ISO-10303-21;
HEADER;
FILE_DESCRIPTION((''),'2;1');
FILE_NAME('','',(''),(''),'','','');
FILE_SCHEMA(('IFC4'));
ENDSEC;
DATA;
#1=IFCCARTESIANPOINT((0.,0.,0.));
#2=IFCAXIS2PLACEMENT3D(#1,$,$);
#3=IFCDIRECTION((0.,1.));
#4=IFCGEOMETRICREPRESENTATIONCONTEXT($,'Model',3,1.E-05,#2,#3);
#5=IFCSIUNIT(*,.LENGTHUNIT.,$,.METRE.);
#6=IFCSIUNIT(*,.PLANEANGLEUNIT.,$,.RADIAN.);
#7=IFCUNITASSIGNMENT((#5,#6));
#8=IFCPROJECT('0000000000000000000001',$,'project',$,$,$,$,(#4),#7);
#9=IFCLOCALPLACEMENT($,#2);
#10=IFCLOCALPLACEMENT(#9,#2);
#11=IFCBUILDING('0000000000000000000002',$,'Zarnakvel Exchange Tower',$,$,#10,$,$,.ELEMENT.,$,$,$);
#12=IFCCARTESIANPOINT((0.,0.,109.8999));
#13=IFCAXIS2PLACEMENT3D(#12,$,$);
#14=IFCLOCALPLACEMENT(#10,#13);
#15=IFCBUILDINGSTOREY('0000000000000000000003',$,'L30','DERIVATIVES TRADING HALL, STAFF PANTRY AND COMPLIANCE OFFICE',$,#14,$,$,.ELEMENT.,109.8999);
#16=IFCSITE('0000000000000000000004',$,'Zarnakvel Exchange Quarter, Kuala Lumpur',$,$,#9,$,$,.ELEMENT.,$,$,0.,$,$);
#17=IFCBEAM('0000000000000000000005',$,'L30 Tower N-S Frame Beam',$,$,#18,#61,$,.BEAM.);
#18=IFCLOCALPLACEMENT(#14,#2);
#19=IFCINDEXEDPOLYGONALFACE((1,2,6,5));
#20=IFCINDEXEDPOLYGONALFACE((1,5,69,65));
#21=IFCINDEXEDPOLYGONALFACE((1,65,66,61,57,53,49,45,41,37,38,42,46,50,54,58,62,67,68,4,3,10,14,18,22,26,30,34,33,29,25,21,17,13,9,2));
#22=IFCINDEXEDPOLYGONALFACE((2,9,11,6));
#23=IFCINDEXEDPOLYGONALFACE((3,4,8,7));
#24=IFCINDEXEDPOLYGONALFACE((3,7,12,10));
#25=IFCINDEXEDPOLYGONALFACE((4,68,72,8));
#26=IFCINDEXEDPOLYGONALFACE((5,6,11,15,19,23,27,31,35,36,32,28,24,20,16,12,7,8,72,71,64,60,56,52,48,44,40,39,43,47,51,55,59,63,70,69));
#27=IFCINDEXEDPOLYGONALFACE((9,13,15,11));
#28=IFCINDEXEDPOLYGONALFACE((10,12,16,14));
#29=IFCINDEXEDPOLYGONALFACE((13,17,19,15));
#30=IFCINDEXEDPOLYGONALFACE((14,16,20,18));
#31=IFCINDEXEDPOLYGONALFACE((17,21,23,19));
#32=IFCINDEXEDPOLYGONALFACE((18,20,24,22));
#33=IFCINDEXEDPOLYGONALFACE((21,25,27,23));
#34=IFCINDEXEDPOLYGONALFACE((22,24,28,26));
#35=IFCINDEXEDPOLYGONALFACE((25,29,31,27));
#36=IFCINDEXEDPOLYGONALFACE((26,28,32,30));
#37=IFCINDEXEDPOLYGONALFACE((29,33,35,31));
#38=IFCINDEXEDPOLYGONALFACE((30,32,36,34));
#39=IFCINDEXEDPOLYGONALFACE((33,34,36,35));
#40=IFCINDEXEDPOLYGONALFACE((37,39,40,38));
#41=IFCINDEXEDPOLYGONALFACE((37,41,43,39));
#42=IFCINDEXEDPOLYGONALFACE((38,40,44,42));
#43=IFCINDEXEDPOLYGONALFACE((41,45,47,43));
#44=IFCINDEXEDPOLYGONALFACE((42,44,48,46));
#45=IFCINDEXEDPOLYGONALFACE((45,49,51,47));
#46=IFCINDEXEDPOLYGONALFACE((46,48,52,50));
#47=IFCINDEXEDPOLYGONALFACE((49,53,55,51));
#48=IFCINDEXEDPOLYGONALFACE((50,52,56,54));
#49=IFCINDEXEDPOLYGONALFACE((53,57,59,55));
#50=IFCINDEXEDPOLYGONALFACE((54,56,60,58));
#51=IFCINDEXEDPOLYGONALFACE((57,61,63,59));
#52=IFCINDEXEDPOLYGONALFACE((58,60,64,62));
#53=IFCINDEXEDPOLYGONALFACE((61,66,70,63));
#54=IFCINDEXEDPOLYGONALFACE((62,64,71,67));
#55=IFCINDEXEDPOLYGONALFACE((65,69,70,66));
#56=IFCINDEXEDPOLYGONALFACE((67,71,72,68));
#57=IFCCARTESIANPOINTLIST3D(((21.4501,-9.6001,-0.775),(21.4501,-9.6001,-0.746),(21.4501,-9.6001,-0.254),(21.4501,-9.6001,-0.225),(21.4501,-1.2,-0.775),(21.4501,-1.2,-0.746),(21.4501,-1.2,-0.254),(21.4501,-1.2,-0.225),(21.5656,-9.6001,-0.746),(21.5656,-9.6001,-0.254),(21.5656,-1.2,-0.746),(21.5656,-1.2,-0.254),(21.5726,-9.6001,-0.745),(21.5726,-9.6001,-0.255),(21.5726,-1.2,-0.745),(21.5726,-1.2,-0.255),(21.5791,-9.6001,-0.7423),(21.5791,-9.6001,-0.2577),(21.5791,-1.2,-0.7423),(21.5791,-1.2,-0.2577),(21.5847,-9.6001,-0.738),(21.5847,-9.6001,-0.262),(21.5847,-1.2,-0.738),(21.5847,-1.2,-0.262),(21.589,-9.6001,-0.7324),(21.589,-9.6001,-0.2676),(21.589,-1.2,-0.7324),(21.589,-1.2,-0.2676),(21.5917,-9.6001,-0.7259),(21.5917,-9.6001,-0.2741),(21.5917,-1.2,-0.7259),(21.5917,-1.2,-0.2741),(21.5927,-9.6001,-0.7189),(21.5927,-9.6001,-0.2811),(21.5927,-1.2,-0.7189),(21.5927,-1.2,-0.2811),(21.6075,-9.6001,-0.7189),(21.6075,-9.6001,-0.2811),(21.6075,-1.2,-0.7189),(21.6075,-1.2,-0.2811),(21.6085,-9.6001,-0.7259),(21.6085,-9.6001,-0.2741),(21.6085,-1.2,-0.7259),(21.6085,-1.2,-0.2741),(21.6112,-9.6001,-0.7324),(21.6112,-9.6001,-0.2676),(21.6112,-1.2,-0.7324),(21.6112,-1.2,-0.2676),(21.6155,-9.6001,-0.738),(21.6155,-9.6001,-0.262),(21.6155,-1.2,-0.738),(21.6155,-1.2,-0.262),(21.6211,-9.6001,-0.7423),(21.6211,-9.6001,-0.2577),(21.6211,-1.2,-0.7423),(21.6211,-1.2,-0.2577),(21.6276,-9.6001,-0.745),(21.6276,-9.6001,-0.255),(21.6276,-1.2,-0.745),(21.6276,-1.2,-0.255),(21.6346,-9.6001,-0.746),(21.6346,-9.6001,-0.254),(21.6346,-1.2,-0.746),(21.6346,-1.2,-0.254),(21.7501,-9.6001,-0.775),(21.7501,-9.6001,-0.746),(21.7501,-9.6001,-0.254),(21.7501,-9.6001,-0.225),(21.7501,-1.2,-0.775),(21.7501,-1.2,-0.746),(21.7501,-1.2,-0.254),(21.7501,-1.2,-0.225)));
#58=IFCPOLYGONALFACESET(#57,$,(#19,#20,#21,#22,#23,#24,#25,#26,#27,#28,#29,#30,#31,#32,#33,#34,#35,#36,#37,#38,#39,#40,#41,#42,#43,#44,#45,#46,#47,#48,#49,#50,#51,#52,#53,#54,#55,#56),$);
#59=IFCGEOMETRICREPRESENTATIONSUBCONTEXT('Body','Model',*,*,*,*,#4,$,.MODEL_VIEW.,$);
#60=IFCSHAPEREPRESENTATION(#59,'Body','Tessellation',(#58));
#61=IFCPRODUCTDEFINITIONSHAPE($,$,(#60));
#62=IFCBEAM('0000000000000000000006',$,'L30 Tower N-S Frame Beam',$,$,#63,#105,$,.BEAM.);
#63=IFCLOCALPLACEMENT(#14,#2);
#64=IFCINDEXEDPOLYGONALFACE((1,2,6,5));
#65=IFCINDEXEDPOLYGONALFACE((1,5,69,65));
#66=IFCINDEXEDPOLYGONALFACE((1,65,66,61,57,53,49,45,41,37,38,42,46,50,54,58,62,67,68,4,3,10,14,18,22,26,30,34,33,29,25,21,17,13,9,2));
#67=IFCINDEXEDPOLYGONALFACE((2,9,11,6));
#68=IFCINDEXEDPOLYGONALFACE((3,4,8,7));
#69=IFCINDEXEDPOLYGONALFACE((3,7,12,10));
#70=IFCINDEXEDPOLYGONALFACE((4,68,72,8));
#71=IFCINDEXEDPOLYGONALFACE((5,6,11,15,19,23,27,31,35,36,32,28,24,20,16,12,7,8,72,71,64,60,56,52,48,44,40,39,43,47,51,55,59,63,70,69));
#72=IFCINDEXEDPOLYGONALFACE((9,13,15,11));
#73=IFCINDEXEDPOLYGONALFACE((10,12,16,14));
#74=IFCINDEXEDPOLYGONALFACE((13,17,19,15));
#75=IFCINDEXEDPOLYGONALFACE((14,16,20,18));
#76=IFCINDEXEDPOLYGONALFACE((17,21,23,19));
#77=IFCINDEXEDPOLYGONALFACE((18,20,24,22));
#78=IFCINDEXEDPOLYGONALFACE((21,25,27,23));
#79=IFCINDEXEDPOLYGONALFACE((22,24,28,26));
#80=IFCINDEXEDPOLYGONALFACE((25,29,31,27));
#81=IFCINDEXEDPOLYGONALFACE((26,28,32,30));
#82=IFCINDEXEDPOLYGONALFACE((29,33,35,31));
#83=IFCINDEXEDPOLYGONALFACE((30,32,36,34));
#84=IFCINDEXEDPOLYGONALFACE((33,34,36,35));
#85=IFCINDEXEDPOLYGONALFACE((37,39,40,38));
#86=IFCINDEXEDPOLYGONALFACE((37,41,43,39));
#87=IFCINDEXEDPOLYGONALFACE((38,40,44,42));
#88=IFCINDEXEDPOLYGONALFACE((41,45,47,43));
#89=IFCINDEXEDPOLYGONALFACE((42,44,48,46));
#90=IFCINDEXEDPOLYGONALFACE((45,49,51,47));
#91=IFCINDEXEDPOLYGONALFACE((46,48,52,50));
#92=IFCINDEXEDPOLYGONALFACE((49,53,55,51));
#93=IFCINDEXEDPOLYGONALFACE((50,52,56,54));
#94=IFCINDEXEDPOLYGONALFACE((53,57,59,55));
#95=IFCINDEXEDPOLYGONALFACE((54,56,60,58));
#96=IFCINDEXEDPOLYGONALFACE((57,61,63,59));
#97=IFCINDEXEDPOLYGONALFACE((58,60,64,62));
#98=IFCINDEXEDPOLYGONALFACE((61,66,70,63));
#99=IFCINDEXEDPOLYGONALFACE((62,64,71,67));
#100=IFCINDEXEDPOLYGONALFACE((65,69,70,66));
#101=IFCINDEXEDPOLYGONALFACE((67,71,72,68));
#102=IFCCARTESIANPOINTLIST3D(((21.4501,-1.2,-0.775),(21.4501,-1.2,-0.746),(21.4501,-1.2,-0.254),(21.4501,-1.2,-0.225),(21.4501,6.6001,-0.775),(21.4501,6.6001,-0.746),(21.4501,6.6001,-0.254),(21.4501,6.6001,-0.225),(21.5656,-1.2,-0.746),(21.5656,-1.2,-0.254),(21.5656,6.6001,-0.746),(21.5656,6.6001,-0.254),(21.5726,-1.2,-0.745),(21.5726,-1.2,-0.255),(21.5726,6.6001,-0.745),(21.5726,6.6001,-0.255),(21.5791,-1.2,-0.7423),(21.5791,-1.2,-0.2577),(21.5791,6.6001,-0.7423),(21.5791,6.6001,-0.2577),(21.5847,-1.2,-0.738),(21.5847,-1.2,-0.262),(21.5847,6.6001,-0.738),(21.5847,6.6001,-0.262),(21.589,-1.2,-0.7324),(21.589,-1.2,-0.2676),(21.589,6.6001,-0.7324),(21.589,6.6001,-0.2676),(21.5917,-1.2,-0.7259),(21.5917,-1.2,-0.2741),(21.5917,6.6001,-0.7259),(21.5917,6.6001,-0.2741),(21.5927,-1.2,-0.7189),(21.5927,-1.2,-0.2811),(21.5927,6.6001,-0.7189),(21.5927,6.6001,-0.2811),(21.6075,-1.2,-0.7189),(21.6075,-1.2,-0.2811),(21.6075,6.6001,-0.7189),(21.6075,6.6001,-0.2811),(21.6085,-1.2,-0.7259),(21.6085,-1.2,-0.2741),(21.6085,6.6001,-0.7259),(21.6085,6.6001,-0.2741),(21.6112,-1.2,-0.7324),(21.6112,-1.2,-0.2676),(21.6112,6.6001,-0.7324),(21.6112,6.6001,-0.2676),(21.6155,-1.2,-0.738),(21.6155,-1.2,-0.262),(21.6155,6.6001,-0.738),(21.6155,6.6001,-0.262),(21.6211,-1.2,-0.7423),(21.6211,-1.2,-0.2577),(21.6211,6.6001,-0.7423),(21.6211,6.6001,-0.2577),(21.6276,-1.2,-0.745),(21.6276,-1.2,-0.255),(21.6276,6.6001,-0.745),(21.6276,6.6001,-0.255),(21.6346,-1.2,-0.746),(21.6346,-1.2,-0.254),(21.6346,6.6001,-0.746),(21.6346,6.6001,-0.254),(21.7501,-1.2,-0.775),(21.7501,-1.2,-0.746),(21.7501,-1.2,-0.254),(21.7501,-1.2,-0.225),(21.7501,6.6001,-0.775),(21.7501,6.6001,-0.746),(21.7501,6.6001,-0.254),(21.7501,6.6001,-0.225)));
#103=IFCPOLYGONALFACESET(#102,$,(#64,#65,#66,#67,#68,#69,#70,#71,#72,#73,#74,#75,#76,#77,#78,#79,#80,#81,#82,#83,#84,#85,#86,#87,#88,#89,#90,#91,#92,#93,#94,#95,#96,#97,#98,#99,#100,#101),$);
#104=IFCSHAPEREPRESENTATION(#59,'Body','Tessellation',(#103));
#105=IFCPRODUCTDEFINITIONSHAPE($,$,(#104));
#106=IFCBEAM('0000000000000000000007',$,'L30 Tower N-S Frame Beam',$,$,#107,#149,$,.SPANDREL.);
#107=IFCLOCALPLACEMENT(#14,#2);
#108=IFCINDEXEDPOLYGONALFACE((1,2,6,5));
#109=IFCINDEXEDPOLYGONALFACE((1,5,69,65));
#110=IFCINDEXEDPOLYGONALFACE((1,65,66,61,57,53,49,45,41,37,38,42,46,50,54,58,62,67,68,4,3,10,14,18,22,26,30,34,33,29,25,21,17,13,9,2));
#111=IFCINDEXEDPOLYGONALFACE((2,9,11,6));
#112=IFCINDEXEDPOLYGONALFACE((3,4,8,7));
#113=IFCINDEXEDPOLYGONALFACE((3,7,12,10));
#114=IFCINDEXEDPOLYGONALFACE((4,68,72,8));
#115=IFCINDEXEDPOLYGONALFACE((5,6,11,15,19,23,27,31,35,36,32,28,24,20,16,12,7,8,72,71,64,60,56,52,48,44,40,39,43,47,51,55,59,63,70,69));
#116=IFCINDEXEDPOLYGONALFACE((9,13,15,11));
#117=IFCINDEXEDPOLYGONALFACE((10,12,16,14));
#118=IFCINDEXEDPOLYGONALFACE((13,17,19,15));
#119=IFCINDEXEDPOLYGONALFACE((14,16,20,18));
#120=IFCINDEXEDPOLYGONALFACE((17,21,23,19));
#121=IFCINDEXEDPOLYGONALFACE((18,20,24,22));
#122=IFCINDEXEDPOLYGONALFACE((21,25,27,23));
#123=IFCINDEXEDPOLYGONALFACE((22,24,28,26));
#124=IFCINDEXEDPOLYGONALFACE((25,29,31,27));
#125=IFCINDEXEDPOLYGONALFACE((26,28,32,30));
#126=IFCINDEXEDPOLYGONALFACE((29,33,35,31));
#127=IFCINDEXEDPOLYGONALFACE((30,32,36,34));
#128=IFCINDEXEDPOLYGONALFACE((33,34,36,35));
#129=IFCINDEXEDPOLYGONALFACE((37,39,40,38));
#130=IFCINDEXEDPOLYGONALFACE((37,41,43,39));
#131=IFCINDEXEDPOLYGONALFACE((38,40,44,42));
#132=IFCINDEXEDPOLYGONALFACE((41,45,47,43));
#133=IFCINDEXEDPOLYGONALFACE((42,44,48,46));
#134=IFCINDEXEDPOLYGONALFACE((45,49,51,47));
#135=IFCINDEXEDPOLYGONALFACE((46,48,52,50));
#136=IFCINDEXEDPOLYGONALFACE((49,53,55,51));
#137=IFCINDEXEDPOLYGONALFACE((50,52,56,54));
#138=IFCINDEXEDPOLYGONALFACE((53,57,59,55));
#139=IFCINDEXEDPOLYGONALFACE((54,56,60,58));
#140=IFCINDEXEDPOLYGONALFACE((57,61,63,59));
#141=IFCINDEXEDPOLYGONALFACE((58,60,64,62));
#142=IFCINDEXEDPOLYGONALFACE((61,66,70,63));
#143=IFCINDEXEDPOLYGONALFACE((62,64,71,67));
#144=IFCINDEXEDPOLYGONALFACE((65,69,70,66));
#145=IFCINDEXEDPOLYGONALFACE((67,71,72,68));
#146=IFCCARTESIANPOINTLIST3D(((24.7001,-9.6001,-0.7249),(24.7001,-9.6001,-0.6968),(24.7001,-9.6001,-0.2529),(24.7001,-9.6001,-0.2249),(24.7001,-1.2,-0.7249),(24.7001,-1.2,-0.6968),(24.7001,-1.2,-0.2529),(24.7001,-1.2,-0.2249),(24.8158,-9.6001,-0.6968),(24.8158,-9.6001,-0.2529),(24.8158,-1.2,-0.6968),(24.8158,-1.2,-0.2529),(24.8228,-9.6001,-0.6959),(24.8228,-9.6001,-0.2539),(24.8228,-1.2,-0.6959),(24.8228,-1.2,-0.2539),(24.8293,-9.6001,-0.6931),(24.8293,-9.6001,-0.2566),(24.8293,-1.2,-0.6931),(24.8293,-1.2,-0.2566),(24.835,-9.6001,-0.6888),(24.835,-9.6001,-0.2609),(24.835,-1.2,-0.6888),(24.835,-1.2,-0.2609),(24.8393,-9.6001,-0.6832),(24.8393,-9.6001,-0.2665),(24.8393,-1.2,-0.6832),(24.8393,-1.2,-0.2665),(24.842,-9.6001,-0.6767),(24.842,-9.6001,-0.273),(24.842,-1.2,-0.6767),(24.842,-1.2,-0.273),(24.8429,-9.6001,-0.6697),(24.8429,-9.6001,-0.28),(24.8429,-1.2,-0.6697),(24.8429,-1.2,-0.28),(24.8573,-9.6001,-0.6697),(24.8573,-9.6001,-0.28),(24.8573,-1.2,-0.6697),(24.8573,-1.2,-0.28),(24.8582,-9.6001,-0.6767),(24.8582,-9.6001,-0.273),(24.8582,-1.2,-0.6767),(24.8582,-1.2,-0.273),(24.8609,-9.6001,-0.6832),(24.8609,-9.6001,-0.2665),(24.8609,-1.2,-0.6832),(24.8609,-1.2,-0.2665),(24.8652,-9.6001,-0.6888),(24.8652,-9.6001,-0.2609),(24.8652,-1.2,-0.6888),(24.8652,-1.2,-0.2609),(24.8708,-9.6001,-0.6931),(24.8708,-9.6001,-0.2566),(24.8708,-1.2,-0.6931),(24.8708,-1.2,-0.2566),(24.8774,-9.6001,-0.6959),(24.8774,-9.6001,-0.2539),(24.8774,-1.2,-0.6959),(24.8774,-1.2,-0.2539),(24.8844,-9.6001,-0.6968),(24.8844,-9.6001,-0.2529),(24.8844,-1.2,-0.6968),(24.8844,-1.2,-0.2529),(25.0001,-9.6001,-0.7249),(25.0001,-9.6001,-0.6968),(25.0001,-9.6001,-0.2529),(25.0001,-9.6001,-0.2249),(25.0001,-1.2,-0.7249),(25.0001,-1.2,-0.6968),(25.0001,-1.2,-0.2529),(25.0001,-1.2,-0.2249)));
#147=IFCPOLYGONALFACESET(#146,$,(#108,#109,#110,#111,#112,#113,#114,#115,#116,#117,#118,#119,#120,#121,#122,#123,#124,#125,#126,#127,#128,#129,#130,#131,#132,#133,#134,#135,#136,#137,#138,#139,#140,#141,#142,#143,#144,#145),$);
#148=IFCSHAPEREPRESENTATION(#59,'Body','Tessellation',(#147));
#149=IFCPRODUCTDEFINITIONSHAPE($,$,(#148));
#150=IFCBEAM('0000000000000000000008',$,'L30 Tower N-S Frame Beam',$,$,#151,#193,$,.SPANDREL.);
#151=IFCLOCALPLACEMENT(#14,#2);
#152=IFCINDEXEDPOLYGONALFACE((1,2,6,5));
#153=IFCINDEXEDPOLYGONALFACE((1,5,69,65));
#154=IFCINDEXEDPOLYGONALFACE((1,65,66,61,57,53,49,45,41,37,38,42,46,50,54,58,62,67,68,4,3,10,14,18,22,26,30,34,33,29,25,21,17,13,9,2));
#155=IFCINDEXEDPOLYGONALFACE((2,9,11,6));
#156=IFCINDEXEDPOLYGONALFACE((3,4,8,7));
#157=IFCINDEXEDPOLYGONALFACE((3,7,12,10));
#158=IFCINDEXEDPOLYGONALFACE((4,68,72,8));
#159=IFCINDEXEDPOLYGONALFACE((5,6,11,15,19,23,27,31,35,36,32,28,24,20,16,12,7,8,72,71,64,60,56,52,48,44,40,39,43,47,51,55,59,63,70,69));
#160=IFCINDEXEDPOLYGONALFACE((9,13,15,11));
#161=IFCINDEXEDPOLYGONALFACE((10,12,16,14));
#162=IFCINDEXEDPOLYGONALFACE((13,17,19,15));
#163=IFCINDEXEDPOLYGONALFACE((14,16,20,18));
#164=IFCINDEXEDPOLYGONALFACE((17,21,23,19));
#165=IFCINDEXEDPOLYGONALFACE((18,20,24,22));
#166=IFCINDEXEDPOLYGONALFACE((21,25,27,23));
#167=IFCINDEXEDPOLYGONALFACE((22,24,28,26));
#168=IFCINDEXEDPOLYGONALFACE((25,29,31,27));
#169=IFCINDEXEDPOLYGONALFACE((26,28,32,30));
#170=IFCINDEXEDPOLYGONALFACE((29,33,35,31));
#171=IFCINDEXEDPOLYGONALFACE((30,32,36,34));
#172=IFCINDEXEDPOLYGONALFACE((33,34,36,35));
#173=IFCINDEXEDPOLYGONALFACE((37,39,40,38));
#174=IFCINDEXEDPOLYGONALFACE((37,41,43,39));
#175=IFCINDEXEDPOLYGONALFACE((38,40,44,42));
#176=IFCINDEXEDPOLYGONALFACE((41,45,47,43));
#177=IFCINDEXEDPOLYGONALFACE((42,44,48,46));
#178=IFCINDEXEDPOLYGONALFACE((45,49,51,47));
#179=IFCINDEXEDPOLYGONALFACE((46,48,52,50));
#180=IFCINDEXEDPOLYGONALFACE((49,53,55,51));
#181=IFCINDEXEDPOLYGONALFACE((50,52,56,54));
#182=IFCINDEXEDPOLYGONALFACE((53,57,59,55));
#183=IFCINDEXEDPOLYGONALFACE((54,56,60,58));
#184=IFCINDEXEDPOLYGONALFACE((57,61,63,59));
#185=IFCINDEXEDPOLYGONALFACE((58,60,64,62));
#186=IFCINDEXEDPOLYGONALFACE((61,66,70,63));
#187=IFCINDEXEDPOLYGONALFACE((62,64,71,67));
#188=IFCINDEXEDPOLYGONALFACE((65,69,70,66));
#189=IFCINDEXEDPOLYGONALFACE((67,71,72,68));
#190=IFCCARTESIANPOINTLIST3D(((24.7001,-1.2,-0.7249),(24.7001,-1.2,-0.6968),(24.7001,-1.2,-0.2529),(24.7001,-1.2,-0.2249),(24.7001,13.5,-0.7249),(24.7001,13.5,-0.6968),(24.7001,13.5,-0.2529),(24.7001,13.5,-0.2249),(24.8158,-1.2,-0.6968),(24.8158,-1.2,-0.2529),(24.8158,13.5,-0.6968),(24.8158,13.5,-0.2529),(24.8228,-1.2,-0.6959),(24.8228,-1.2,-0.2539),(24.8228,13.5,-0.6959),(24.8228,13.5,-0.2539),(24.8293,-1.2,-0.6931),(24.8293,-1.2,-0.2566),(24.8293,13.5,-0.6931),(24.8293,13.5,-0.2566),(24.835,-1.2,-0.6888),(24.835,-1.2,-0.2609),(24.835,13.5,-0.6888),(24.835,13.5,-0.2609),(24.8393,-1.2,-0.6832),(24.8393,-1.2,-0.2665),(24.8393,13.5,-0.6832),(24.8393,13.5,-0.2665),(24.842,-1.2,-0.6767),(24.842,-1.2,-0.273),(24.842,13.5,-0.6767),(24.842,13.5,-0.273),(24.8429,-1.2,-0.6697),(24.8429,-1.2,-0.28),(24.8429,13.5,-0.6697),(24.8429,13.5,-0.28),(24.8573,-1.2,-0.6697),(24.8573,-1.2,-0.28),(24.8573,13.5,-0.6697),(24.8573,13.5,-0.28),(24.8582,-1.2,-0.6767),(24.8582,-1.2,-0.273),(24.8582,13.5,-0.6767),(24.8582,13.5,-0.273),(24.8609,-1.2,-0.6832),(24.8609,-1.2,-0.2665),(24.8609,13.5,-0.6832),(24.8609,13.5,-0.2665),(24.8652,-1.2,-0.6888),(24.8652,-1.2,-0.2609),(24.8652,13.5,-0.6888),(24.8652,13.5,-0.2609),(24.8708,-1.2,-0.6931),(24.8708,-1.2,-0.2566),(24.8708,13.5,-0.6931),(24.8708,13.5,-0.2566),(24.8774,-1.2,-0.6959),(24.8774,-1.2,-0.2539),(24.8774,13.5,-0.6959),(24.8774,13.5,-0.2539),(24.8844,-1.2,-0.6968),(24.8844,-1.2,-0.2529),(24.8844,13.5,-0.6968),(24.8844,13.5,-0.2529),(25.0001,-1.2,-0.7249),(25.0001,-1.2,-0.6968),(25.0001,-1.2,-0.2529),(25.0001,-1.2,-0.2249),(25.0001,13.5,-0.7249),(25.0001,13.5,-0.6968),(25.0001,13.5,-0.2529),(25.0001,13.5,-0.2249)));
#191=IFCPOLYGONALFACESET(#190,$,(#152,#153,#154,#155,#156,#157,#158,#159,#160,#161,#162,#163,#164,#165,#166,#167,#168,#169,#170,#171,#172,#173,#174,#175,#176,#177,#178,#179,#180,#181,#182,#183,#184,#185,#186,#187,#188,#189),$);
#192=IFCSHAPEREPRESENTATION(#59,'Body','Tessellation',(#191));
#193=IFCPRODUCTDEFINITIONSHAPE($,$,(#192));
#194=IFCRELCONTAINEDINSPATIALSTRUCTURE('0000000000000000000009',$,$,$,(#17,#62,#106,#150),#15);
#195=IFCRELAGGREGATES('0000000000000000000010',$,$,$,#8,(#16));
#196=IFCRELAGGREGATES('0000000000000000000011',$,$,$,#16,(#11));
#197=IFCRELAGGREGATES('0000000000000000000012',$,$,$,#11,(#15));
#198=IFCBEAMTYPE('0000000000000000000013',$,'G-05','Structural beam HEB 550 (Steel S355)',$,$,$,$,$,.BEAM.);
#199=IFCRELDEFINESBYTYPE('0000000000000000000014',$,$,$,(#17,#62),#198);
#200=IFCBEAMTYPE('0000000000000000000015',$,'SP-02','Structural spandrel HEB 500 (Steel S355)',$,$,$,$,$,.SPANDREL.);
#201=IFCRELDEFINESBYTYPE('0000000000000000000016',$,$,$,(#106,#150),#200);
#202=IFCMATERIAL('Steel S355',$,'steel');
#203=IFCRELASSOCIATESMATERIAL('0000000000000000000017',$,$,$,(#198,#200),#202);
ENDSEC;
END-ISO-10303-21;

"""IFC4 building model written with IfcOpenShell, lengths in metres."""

from ifc_helpers import new_model, si_unit, direction, frame, origin, origin_2d, place, context, subcontext, project, spatial, i_section, extrude, material, material_profile, profile_set, type_object, element, save


model = new_model("IFC4")

# Units and contexts
model_context = context("Model", 3, precision=1e-05, world=origin(), true_north=direction((0.0, 1.0)))
body_context = subcontext(model_context, "Body", "Model", "MODEL_VIEW")
ifc_project = project(units=[si_unit("LENGTHUNIT", "METRE"), si_unit("PLANEANGLEUNIT", "RADIAN")], contexts=[model_context])

# Site, building, storey
site_placement = place(None, origin())
site = spatial("IfcSite", under=ifc_project, at=site_placement, Name="Zarnakvel Exchange Quarter, Kuala Lumpur", CompositionType="ELEMENT", RefElevation=0.0)
building_placement = place(site_placement, origin())
building = spatial("IfcBuilding", under=site, at=building_placement, Name="Zarnakvel Exchange Tower", CompositionType="ELEMENT")
storey_placement = place(building_placement, frame((0.0, 0.0, 109.8999)))
storey = spatial("IfcBuildingStorey", under=building, at=storey_placement, Name="L30", Description="DERIVATIVES TRADING HALL, STAFF PANTRY AND COMPLIANCE OFFICE", CompositionType="ELEMENT", Elevation=109.8999)

# Shared definitions
ifc_material_1 = material(Name="Steel S355", Category="steel")

# Beams
ifc_material_profile_1 = material_profile(ifc_material_1, i_section(OverallWidth=0.3, OverallDepth=0.55, WebThickness=0.0149, FlangeThickness=0.0291, FilletRadius=0.0271, at=origin_2d()))
ifc_profile_set_1 = profile_set([ifc_material_profile_1], Name="Steel S355")
beam_type_1 = type_object("IfcBeamType", Name="G-05", Description="Structural beam HEB 550 (Steel S355)", PredefinedType="BEAM", material=ifc_profile_set_1)
beam_1_placement = place(storey_placement, frame((21.6001, -9.6001, -0.5), z_axis=(0.0, 1.0, 0.0), x_axis=(-1.0, 0.0, 0.0)))
element("IfcBeam", 1, at=beam_1_placement, inside=storey, type_object=beam_type_1, Name="L30 Tower N-S Frame Beam", PredefinedType="BEAM", context=body_context, shape_type="SweptSolid", body=[
    extrude(i_section(OverallWidth=0.3, OverallDepth=0.55, WebThickness=0.0149, FlangeThickness=0.0291, FilletRadius=0.0271, at=origin_2d()), origin(), (0.0, 0.0, 1.0), 8.4001),
])
beam_2_placement = place(storey_placement, frame((21.6001, -1.2, -0.5), z_axis=(0.0, 1.0, 0.0), x_axis=(-1.0, 0.0, 0.0)))
element("IfcBeam", 2, at=beam_2_placement, inside=storey, type_object=beam_type_1, Name="L30 Tower N-S Frame Beam", PredefinedType="BEAM", context=body_context, shape_type="SweptSolid", body=[
    extrude(i_section(OverallWidth=0.3, OverallDepth=0.55, WebThickness=0.0149, FlangeThickness=0.0291, FilletRadius=0.0271, at=origin_2d()), origin(), (0.0, 0.0, 1.0), 7.8),
])
ifc_material_profile_2 = material_profile(ifc_material_1, i_section(OverallWidth=0.3, OverallDepth=0.5, WebThickness=0.0144, FlangeThickness=0.0281, FilletRadius=0.0271, at=origin_2d()))
ifc_profile_set_2 = profile_set([ifc_material_profile_2], Name="Steel S355")
beam_type_2 = type_object("IfcBeamType", Name="SP-02", Description="Structural spandrel HEB 500 (Steel S355)", PredefinedType="SPANDREL", material=ifc_profile_set_2)
beam_3_placement = place(storey_placement, frame((24.8501, -9.6001, -0.4749), z_axis=(0.0, 1.0, 0.0), x_axis=(-1.0, 0.0, 0.0)))
element("IfcBeam", 3, at=beam_3_placement, inside=storey, type_object=beam_type_2, Name="L30 Tower N-S Frame Beam", PredefinedType="SPANDREL", context=body_context, shape_type="SweptSolid", body=[
    extrude(i_section(OverallWidth=0.3, OverallDepth=0.5, WebThickness=0.0144, FlangeThickness=0.0281, FilletRadius=0.0271, at=origin_2d()), origin(), (0.0, 0.0, 1.0), 8.4001),
])
beam_4_placement = place(storey_placement, frame((24.8501, -1.2, -0.4749), z_axis=(0.0, 1.0, 0.0), x_axis=(-1.0, 0.0, 0.0)))
element("IfcBeam", 4, at=beam_4_placement, inside=storey, type_object=beam_type_2, Name="L30 Tower N-S Frame Beam", PredefinedType="SPANDREL", context=body_context, shape_type="SweptSolid", body=[
    extrude(i_section(OverallWidth=0.3, OverallDepth=0.5, WebThickness=0.0144, FlangeThickness=0.0281, FilletRadius=0.0271, at=origin_2d()), origin(), (0.0, 0.0, 1.0), 14.7),
])

save(model, "model.ifc")
